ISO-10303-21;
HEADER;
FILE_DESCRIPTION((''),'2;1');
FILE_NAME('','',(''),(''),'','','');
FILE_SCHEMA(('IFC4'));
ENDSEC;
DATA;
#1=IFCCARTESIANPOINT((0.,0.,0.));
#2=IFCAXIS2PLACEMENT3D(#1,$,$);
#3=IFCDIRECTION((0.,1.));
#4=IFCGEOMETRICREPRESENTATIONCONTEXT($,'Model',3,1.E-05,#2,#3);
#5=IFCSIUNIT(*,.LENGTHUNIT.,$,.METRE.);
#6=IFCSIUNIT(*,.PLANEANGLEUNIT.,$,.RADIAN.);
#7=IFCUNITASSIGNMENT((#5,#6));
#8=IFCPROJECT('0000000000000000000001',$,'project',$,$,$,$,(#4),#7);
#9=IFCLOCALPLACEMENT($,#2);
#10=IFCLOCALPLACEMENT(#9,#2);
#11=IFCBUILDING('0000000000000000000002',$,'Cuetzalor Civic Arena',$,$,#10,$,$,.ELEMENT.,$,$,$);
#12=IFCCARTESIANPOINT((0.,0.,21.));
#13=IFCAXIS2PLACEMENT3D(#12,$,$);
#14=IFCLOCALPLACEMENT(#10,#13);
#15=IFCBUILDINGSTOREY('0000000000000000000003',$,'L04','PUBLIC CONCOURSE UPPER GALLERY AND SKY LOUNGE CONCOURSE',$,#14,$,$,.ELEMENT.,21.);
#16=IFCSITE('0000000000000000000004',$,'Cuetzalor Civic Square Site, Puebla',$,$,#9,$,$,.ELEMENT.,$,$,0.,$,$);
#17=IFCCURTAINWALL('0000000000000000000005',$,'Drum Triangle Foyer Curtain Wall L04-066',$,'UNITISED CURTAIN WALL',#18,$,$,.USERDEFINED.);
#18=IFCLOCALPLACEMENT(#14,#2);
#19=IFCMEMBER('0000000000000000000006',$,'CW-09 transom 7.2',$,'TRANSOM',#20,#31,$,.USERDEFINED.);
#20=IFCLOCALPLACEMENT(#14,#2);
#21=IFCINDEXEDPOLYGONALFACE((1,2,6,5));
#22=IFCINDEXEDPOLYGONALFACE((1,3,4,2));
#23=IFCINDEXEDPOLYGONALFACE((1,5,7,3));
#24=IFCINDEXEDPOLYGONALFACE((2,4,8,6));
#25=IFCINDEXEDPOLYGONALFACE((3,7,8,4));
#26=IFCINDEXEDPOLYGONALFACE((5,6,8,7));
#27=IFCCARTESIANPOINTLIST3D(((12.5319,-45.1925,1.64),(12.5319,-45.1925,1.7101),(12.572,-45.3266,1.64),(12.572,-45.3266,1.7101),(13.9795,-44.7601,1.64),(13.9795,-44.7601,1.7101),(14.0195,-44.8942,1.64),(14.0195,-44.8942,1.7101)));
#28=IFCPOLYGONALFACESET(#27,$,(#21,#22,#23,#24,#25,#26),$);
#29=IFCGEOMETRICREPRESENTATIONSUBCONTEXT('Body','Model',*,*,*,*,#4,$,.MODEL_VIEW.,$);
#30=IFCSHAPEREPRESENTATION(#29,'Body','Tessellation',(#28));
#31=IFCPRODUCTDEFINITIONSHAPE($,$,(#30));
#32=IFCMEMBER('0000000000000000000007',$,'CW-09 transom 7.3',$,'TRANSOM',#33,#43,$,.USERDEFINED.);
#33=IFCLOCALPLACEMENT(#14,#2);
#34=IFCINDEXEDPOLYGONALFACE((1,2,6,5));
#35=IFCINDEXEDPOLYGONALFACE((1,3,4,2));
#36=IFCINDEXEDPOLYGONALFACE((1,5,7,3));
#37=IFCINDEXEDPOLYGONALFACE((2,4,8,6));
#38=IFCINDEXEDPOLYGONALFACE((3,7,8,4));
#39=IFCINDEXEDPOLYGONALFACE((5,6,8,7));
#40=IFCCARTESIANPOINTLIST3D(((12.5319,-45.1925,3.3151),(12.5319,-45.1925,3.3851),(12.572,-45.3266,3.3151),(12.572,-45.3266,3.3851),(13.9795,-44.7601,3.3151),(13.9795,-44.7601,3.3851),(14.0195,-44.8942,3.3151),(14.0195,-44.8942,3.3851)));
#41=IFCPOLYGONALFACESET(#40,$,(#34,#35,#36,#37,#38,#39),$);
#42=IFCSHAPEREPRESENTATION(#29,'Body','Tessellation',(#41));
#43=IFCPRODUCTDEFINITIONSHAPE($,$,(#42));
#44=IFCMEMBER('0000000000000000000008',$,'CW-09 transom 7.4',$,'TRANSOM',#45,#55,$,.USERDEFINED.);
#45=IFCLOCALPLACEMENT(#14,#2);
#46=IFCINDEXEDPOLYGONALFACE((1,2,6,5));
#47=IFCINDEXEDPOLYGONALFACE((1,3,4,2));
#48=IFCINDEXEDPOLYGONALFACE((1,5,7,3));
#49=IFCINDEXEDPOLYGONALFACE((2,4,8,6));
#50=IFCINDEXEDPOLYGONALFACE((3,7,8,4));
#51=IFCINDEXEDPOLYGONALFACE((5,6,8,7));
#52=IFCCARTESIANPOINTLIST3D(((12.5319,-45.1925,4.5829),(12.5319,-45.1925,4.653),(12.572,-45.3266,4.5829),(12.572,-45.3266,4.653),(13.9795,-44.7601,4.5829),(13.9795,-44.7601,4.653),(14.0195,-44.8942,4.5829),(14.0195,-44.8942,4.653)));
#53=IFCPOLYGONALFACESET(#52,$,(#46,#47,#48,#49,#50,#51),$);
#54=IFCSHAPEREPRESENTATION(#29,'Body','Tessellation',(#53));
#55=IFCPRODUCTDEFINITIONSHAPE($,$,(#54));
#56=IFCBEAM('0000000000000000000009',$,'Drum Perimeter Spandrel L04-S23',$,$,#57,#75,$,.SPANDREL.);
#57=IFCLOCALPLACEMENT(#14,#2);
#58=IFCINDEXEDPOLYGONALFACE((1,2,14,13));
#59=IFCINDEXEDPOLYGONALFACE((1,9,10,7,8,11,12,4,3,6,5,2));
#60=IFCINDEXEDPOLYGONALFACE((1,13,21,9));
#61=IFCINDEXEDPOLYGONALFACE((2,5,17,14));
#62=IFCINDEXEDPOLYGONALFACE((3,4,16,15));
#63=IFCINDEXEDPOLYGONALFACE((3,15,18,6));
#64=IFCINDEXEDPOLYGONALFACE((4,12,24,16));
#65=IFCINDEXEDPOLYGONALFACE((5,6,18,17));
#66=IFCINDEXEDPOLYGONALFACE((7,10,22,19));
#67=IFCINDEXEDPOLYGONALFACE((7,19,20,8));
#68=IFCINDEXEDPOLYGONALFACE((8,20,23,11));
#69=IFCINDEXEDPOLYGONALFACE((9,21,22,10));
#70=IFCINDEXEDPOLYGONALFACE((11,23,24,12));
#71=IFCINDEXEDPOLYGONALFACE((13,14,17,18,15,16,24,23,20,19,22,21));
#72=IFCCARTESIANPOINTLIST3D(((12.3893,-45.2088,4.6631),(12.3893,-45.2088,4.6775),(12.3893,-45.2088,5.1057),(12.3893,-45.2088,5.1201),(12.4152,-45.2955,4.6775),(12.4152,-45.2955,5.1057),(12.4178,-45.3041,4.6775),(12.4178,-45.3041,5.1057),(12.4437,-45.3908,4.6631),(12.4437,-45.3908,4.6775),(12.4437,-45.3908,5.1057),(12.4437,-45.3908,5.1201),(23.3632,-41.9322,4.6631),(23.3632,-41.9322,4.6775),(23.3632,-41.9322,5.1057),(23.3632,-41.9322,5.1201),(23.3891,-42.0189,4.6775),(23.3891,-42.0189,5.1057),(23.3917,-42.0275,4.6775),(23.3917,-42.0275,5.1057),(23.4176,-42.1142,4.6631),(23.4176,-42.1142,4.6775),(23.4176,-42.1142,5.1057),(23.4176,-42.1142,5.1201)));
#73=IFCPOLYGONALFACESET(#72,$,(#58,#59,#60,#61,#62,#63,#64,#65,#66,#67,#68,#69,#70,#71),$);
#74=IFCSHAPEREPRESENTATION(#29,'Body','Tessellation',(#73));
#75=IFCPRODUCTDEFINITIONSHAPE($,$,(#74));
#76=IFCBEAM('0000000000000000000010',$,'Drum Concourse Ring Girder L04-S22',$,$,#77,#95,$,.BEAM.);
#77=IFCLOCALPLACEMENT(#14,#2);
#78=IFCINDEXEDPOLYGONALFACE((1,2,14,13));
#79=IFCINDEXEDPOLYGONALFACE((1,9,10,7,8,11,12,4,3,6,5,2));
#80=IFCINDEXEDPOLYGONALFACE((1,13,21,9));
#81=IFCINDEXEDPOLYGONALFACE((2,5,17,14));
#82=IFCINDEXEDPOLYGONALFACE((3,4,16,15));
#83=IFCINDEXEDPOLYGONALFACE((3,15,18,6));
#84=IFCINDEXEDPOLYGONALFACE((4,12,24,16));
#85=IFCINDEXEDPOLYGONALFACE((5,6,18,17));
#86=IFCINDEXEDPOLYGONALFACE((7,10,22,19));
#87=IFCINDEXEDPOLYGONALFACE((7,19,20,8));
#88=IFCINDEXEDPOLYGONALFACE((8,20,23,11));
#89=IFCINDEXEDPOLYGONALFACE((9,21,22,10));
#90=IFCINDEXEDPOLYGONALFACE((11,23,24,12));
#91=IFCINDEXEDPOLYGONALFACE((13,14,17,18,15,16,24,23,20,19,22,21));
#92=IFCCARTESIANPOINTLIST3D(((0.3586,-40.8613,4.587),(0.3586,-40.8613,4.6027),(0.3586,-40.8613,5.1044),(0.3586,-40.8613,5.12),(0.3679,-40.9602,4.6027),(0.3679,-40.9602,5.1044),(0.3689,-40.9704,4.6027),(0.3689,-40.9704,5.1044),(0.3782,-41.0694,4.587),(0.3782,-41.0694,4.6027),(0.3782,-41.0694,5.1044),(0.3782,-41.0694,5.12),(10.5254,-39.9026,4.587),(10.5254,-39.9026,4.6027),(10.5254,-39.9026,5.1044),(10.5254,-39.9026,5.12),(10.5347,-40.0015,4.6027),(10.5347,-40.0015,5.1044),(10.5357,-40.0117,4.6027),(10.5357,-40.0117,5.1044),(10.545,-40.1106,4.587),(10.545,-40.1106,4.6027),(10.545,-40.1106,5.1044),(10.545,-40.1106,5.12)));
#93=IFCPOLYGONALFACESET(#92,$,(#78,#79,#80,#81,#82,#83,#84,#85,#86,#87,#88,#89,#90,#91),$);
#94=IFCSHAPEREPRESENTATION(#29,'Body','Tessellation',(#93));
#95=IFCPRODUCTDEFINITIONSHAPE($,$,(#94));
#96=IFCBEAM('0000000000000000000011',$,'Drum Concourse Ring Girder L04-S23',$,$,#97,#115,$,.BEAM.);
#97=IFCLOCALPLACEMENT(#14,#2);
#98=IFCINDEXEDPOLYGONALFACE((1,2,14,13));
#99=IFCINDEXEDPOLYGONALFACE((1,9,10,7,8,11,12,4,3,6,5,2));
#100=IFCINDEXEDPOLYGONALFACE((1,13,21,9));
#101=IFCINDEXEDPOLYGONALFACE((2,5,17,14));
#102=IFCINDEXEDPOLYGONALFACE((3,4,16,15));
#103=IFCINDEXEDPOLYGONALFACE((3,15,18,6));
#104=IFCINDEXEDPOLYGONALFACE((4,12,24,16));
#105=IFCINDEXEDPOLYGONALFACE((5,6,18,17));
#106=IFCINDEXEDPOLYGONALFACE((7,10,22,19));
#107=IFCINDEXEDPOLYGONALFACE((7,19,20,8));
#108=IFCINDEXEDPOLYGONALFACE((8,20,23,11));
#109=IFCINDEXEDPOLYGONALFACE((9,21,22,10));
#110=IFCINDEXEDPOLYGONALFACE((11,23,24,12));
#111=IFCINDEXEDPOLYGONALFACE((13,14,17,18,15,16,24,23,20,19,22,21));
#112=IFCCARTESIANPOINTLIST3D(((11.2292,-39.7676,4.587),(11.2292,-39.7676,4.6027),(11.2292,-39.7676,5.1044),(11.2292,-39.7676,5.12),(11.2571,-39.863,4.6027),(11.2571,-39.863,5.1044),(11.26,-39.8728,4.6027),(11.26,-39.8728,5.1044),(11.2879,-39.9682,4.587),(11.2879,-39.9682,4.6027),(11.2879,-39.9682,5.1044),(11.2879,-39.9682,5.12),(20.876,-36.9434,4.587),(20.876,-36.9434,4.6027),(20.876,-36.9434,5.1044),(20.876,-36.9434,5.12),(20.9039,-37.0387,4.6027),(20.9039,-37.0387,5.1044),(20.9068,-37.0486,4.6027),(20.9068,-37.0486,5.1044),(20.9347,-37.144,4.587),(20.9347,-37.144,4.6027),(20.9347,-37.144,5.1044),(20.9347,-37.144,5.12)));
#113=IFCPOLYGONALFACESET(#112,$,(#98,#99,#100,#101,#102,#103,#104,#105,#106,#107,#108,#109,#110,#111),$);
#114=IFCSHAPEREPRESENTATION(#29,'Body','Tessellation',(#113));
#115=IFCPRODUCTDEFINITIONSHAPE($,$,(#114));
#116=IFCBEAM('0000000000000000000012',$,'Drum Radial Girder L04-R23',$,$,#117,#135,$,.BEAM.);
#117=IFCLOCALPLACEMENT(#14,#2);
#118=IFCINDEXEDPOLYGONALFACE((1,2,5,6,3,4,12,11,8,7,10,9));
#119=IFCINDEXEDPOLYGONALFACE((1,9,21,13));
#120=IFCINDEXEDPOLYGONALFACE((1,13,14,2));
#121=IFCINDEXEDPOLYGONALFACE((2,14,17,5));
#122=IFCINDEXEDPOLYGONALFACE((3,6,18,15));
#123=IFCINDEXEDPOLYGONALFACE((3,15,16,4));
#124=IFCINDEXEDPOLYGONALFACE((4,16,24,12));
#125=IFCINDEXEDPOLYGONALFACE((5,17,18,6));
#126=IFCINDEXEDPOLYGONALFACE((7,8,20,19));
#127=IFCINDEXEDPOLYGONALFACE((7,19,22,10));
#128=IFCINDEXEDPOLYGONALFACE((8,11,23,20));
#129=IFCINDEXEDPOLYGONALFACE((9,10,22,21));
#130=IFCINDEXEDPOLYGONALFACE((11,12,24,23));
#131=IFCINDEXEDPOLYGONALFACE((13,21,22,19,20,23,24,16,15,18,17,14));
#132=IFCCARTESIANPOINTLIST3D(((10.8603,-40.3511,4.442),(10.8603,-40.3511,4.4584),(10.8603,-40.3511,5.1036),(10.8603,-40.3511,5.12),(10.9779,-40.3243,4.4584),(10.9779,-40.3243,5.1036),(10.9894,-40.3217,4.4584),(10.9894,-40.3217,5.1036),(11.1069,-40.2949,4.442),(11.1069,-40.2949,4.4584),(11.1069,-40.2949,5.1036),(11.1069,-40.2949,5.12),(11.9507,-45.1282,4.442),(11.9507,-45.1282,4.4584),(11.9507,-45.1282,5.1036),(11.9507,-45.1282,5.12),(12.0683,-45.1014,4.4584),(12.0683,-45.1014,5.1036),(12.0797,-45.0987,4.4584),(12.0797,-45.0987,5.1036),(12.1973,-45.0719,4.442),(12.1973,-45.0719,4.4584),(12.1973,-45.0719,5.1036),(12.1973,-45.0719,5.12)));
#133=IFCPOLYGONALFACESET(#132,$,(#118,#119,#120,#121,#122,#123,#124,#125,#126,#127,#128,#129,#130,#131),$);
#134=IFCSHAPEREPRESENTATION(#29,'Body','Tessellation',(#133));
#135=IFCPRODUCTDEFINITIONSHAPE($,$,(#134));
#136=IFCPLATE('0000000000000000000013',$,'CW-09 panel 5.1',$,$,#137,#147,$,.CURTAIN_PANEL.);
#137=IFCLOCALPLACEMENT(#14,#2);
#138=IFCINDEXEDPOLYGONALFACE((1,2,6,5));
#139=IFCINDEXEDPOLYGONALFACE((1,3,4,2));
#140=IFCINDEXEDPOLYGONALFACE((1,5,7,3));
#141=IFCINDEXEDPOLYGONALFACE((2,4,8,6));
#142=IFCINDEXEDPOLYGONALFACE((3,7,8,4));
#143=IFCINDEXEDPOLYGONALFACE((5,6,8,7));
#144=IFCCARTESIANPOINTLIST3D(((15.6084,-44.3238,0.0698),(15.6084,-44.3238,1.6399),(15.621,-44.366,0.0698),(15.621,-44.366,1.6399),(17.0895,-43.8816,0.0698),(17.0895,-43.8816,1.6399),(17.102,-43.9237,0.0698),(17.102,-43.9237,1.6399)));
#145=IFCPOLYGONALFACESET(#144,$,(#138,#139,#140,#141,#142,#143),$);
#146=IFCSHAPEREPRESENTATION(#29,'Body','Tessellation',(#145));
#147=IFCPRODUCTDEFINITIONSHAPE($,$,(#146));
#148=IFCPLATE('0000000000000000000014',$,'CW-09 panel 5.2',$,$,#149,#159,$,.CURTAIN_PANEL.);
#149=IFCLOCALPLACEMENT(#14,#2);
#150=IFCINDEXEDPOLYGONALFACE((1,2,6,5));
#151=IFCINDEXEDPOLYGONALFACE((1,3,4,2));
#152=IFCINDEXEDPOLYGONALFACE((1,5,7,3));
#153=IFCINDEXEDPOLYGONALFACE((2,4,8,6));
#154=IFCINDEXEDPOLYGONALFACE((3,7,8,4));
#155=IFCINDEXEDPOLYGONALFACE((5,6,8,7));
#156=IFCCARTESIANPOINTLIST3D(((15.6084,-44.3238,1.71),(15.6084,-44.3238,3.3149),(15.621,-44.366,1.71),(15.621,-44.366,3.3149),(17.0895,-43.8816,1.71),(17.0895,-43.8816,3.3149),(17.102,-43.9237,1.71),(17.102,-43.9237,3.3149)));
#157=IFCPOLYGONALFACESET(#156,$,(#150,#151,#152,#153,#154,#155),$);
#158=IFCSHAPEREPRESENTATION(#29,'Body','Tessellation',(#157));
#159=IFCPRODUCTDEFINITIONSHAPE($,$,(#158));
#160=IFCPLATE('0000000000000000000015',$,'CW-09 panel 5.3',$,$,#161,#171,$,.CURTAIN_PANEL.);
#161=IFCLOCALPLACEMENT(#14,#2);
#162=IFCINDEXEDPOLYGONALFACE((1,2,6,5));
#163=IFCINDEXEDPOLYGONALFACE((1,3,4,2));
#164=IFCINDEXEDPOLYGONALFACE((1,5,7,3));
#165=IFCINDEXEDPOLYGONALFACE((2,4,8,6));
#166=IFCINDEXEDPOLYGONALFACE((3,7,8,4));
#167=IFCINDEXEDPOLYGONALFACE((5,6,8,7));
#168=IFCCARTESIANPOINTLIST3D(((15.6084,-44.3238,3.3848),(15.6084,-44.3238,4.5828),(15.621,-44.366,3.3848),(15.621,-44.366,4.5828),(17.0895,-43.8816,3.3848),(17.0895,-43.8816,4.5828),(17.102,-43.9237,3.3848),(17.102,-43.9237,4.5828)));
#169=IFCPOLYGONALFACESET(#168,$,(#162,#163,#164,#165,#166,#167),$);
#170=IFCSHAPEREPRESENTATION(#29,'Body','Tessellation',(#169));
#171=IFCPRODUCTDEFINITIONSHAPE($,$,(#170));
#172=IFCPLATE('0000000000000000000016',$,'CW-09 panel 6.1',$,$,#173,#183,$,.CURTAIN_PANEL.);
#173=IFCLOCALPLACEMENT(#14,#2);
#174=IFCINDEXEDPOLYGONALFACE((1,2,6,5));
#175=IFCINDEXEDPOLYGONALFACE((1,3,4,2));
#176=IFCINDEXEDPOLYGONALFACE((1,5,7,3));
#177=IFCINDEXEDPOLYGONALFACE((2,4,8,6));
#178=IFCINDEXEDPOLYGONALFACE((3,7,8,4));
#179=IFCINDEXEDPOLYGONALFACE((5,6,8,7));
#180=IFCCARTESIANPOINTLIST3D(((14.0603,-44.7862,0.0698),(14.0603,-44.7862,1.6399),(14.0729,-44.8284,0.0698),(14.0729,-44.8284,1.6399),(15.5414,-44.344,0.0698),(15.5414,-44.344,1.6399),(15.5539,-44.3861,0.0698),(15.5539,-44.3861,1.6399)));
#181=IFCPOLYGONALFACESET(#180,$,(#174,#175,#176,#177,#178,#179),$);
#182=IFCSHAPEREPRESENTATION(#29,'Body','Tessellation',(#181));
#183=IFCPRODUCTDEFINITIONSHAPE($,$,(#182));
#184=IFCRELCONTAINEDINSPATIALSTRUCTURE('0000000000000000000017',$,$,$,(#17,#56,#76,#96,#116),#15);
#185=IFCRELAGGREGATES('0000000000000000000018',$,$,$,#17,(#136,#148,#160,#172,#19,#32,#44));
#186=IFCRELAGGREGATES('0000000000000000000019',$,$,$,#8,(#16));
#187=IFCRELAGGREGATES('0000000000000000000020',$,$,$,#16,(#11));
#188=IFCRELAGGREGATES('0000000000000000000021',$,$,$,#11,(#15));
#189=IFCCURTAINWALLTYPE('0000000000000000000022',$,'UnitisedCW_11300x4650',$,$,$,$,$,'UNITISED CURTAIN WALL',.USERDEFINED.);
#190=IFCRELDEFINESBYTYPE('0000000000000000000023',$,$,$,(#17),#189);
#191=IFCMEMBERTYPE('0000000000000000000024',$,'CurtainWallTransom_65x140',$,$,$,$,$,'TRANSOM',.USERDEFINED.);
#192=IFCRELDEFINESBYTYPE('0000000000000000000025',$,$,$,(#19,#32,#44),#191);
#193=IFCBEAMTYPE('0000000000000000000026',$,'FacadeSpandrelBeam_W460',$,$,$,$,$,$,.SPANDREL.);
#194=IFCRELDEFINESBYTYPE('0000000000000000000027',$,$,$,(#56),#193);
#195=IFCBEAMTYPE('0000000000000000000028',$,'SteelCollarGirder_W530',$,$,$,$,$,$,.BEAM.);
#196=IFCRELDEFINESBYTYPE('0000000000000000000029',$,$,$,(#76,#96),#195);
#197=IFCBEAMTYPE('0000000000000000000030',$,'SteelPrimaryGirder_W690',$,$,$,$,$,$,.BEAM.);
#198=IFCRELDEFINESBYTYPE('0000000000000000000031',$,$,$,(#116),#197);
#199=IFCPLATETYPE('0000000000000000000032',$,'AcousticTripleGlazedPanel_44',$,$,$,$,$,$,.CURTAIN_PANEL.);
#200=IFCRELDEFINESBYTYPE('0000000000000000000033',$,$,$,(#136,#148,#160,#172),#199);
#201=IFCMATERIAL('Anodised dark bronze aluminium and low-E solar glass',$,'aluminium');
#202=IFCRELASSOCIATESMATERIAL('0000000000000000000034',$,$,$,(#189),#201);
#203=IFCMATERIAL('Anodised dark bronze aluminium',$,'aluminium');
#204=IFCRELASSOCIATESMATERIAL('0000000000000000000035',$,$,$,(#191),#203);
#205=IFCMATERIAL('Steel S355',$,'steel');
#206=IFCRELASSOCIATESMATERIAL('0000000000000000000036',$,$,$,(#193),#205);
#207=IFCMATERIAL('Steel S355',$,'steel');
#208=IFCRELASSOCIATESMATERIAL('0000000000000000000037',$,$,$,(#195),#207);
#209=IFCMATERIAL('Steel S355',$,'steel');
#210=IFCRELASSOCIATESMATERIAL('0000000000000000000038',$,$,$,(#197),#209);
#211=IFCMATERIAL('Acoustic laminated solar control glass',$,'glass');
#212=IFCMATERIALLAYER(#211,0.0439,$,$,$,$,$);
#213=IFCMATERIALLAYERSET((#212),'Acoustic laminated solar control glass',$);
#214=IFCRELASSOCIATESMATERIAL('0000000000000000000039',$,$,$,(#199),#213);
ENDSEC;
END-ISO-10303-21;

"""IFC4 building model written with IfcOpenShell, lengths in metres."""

from ifc_helpers import new_model, si_unit, direction, frame, origin, origin_2d, place, context, subcontext, project, spatial, rectangle, i_section, extrude, material, layer, layer_set, material_profile, profile_set, type_object, element, aggregate, save


model = new_model("IFC4")

# Units and contexts
model_context = context("Model", 3, precision=1e-05, world=origin(), true_north=direction((0.0, 1.0)))
body_context = subcontext(model_context, "Body", "Model", "MODEL_VIEW")
ifc_project = project(units=[si_unit("LENGTHUNIT", "METRE"), si_unit("PLANEANGLEUNIT", "RADIAN")], contexts=[model_context])

# Site, building, storey
site_placement = place(None, origin())
site = spatial("IfcSite", under=ifc_project, at=site_placement, Name="Cuetzalor Civic Square Site, Puebla", CompositionType="ELEMENT", RefElevation=0.0)
building_placement = place(site_placement, origin())
building = spatial("IfcBuilding", under=site, at=building_placement, Name="Cuetzalor Civic Arena", CompositionType="ELEMENT")
storey_placement = place(building_placement, frame((0.0, 0.0, 21.0)))
storey = spatial("IfcBuildingStorey", under=building, at=storey_placement, Name="L04", Description="PUBLIC CONCOURSE UPPER GALLERY AND SKY LOUNGE CONCOURSE", CompositionType="ELEMENT", Elevation=21.0)

# Curtain wall, members
ifc_material_1 = material(Name="Anodised dark bronze aluminium and low-E solar glass", Category="aluminium")
curtain_wall_type = type_object("IfcCurtainWallType", Name="UnitisedCW_11300x4650", ElementType="UNITISED CURTAIN WALL", PredefinedType="USERDEFINED", material=ifc_material_1)
curtain_wall_placement = place(storey_placement, origin())
curtain_wall = element("IfcCurtainWall", 1, at=curtain_wall_placement, inside=storey, type_object=curtain_wall_type, Name="Drum Triangle Foyer Curtain Wall L04-066", ObjectType="UNITISED CURTAIN WALL", PredefinedType="USERDEFINED")
ifc_material_2 = material(Name="Anodised dark bronze aluminium", Category="aluminium")
ifc_material_profile_1 = material_profile(ifc_material_2, rectangle(XDim=0.1399, YDim=0.0701, at=origin_2d()), Name="ALU TRANSOM 70x140")
ifc_profile_set_1 = profile_set([ifc_material_profile_1], Name="Anodised dark bronze aluminium")
member_type_1 = type_object("IfcMemberType", Name="CurtainWallTransom_65x140", ElementType="TRANSOM", PredefinedType="USERDEFINED", material=ifc_profile_set_1)
member_1_placement = place(storey_placement, frame((13.9995, -44.8271, 1.675), z_axis=(-0.958168, -0.286206, 0.0), x_axis=(0.286206, -0.958168, 0.0)))
member_1 = element("IfcMember", 2, at=member_1_placement, type_object=member_type_1, Name="CW-09 transom 7.2", ObjectType="TRANSOM", PredefinedType="USERDEFINED", context=body_context, shape_type="SweptSolid", body=[
    extrude(rectangle(XDim=0.1399, YDim=0.0701, at=origin_2d()), origin(), (0.0, 0.0, 1.0), 1.5107),
])
member_2_placement = place(storey_placement, frame((13.9995, -44.8271, 3.3501), z_axis=(-0.958168, -0.286206, 0.0), x_axis=(0.286206, -0.958168, 0.0)))
member_2 = element("IfcMember", 3, at=member_2_placement, type_object=member_type_1, Name="CW-09 transom 7.3", ObjectType="TRANSOM", PredefinedType="USERDEFINED", context=body_context, shape_type="SweptSolid", body=[
    extrude(rectangle(XDim=0.1399, YDim=0.0701, at=origin_2d()), origin(), (0.0, 0.0, 1.0), 1.5107),
])
member_3_placement = place(storey_placement, frame((13.9995, -44.8271, 4.6179), z_axis=(-0.958168, -0.286206, 0.0), x_axis=(0.286206, -0.958168, 0.0)))
member_3 = element("IfcMember", 4, at=member_3_placement, type_object=member_type_1, Name="CW-09 transom 7.4", ObjectType="TRANSOM", PredefinedType="USERDEFINED", context=body_context, shape_type="SweptSolid", body=[
    extrude(rectangle(XDim=0.1399, YDim=0.0701, at=origin_2d()), origin(), (0.0, 0.0, 1.0), 1.5107),
])

# Beams
ifc_material_3 = material(Name="Steel S355", Category="steel")
ifc_material_profile_2 = material_profile(ifc_material_3, i_section(OverallWidth=0.1899, OverallDepth=0.457, WebThickness=0.009, FlangeThickness=0.0144, at=origin_2d()), Name="W460x74")
ifc_profile_set_2 = profile_set([ifc_material_profile_2], Name="Steel S355")
beam_type_1 = type_object("IfcBeamType", Name="FacadeSpandrelBeam_W460", PredefinedType="SPANDREL", material=ifc_profile_set_2)
beam_1_placement = place(storey_placement, frame((12.4165, -45.2998, 4.8916), z_axis=(0.958199, 0.286102, 0.0), x_axis=(-0.286102, 0.958199, 0.0)))
element("IfcBeam", 5, at=beam_1_placement, inside=storey, type_object=beam_type_1, Name="Drum Perimeter Spandrel L04-S23", PredefinedType="SPANDREL", context=body_context, shape_type="SweptSolid", body=[
    extrude(i_section(OverallWidth=0.1899, OverallDepth=0.457, WebThickness=0.009, FlangeThickness=0.0144, at=origin_2d()), origin(), (0.0, 0.0, 1.0), 11.4526),
])
ifc_material_4 = material(Name="Steel S355", Category="steel")
ifc_material_profile_3 = material_profile(ifc_material_4, i_section(OverallWidth=0.209, OverallDepth=0.533, WebThickness=0.0103, FlangeThickness=0.0156, at=origin_2d()), Name="W530x92")
ifc_profile_set_3 = profile_set([ifc_material_profile_3], Name="Steel S355")
beam_type_2 = type_object("IfcBeamType", Name="SteelCollarGirder_W530", PredefinedType="BEAM", material=ifc_profile_set_3)
beam_2_placement = place(storey_placement, frame((0.3684, -40.9653, 4.8535), z_axis=(0.995583, 0.093885, 0.0), x_axis=(-0.093885, 0.995583, 0.0)))
element("IfcBeam", 6, at=beam_2_placement, inside=storey, type_object=beam_type_2, Name="Drum Concourse Ring Girder L04-S22", PredefinedType="BEAM", context=body_context, shape_type="SweptSolid", body=[
    extrude(i_section(OverallWidth=0.209, OverallDepth=0.533, WebThickness=0.0103, FlangeThickness=0.0156, at=origin_2d()), origin(), (0.0, 0.0, 1.0), 10.2119),
])
beam_3_placement = place(storey_placement, frame((11.2585, -39.8679, 4.8535), z_axis=(0.959716, 0.280971, 0.0), x_axis=(-0.280971, 0.959716, 0.0)))
element("IfcBeam", 7, at=beam_3_placement, inside=storey, type_object=beam_type_2, Name="Drum Concourse Ring Girder L04-S23", PredefinedType="BEAM", context=body_context, shape_type="SweptSolid", body=[
    extrude(i_section(OverallWidth=0.209, OverallDepth=0.533, WebThickness=0.0103, FlangeThickness=0.0156, at=origin_2d()), origin(), (0.0, 0.0, 1.0), 10.0518),
])
ifc_material_5 = material(Name="Steel S355", Category="steel")
ifc_material_profile_4 = material_profile(ifc_material_5, i_section(OverallWidth=0.2529, OverallDepth=0.678, WebThickness=0.0117, FlangeThickness=0.0164, at=origin_2d()), Name="W690x125")
ifc_profile_set_4 = profile_set([ifc_material_profile_4], Name="Steel S355")
beam_type_3 = type_object("IfcBeamType", Name="SteelPrimaryGirder_W690", PredefinedType="BEAM", material=ifc_profile_set_4)
beam_4_placement = place(storey_placement, frame((10.9836, -40.323, 4.781), z_axis=(0.222519, -0.974928, 0.0), x_axis=(0.974928, 0.222519, 0.0)))
element("IfcBeam", 8, at=beam_4_placement, inside=storey, type_object=beam_type_3, Name="Drum Radial Girder L04-R23", PredefinedType="BEAM", context=body_context, shape_type="SweptSolid", body=[
    extrude(i_section(OverallWidth=0.2529, OverallDepth=0.678, WebThickness=0.0117, FlangeThickness=0.0164, at=origin_2d()), origin(), (0.0, 0.0, 1.0), 4.8999),
])

# Plates
ifc_material_6 = material(Name="Acoustic laminated solar control glass", Category="glass")
ifc_layer = layer(ifc_material_6, 0.0439)
ifc_layer_set = layer_set([ifc_layer], Name="Acoustic laminated solar control glass")
plate_type = type_object("IfcPlateType", Name="AcousticTripleGlazedPanel_44", PredefinedType="CURTAIN_PANEL", material=ifc_layer_set)
plate_1_placement = place(storey_placement, frame((16.3552, -44.1238, 0.0698), z_axis=(0.0, 0.0, 1.0), x_axis=(-0.958194, -0.28612, 0.0)))
plate_1 = element("IfcPlate", 9, at=plate_1_placement, type_object=plate_type, Name="CW-09 panel 5.1", PredefinedType="CURTAIN_PANEL", context=body_context, shape_type="SweptSolid", body=[
    extrude(rectangle(XDim=1.5457, YDim=0.0439, at=origin_2d()), origin(), (0.0, 0.0, 1.0), 1.5701),
])
plate_2_placement = place(storey_placement, frame((16.3552, -44.1238, 1.71), z_axis=(0.0, 0.0, 1.0), x_axis=(-0.958194, -0.28612, 0.0)))
plate_2 = element("IfcPlate", 10, at=plate_2_placement, type_object=plate_type, Name="CW-09 panel 5.2", PredefinedType="CURTAIN_PANEL", context=body_context, shape_type="SweptSolid", body=[
    extrude(rectangle(XDim=1.5457, YDim=0.0439, at=origin_2d()), origin(), (0.0, 0.0, 1.0), 1.605),
])
plate_3_placement = place(storey_placement, frame((16.3552, -44.1238, 3.3848), z_axis=(0.0, 0.0, 1.0), x_axis=(-0.958194, -0.28612, 0.0)))
plate_3 = element("IfcPlate", 11, at=plate_3_placement, type_object=plate_type, Name="CW-09 panel 5.3", PredefinedType="CURTAIN_PANEL", context=body_context, shape_type="SweptSolid", body=[
    extrude(rectangle(XDim=1.5457, YDim=0.0439, at=origin_2d()), origin(), (0.0, 0.0, 1.0), 1.198),
])
plate_4_placement = place(storey_placement, frame((14.8071, -44.5862, 0.0698), z_axis=(0.0, 0.0, 1.0), x_axis=(-0.958194, -0.28612, 0.0)))
plate_4 = element("IfcPlate", 12, at=plate_4_placement, type_object=plate_type, Name="CW-09 panel 6.1", PredefinedType="CURTAIN_PANEL", context=body_context, shape_type="SweptSolid", body=[
    extrude(rectangle(XDim=1.5457, YDim=0.0439, at=origin_2d()), origin(), (0.0, 0.0, 1.0), 1.5701),
])
aggregate(curtain_wall, [plate_1, plate_2, plate_3, plate_4, member_1, member_2, member_3])

save(model, "model.ifc")
